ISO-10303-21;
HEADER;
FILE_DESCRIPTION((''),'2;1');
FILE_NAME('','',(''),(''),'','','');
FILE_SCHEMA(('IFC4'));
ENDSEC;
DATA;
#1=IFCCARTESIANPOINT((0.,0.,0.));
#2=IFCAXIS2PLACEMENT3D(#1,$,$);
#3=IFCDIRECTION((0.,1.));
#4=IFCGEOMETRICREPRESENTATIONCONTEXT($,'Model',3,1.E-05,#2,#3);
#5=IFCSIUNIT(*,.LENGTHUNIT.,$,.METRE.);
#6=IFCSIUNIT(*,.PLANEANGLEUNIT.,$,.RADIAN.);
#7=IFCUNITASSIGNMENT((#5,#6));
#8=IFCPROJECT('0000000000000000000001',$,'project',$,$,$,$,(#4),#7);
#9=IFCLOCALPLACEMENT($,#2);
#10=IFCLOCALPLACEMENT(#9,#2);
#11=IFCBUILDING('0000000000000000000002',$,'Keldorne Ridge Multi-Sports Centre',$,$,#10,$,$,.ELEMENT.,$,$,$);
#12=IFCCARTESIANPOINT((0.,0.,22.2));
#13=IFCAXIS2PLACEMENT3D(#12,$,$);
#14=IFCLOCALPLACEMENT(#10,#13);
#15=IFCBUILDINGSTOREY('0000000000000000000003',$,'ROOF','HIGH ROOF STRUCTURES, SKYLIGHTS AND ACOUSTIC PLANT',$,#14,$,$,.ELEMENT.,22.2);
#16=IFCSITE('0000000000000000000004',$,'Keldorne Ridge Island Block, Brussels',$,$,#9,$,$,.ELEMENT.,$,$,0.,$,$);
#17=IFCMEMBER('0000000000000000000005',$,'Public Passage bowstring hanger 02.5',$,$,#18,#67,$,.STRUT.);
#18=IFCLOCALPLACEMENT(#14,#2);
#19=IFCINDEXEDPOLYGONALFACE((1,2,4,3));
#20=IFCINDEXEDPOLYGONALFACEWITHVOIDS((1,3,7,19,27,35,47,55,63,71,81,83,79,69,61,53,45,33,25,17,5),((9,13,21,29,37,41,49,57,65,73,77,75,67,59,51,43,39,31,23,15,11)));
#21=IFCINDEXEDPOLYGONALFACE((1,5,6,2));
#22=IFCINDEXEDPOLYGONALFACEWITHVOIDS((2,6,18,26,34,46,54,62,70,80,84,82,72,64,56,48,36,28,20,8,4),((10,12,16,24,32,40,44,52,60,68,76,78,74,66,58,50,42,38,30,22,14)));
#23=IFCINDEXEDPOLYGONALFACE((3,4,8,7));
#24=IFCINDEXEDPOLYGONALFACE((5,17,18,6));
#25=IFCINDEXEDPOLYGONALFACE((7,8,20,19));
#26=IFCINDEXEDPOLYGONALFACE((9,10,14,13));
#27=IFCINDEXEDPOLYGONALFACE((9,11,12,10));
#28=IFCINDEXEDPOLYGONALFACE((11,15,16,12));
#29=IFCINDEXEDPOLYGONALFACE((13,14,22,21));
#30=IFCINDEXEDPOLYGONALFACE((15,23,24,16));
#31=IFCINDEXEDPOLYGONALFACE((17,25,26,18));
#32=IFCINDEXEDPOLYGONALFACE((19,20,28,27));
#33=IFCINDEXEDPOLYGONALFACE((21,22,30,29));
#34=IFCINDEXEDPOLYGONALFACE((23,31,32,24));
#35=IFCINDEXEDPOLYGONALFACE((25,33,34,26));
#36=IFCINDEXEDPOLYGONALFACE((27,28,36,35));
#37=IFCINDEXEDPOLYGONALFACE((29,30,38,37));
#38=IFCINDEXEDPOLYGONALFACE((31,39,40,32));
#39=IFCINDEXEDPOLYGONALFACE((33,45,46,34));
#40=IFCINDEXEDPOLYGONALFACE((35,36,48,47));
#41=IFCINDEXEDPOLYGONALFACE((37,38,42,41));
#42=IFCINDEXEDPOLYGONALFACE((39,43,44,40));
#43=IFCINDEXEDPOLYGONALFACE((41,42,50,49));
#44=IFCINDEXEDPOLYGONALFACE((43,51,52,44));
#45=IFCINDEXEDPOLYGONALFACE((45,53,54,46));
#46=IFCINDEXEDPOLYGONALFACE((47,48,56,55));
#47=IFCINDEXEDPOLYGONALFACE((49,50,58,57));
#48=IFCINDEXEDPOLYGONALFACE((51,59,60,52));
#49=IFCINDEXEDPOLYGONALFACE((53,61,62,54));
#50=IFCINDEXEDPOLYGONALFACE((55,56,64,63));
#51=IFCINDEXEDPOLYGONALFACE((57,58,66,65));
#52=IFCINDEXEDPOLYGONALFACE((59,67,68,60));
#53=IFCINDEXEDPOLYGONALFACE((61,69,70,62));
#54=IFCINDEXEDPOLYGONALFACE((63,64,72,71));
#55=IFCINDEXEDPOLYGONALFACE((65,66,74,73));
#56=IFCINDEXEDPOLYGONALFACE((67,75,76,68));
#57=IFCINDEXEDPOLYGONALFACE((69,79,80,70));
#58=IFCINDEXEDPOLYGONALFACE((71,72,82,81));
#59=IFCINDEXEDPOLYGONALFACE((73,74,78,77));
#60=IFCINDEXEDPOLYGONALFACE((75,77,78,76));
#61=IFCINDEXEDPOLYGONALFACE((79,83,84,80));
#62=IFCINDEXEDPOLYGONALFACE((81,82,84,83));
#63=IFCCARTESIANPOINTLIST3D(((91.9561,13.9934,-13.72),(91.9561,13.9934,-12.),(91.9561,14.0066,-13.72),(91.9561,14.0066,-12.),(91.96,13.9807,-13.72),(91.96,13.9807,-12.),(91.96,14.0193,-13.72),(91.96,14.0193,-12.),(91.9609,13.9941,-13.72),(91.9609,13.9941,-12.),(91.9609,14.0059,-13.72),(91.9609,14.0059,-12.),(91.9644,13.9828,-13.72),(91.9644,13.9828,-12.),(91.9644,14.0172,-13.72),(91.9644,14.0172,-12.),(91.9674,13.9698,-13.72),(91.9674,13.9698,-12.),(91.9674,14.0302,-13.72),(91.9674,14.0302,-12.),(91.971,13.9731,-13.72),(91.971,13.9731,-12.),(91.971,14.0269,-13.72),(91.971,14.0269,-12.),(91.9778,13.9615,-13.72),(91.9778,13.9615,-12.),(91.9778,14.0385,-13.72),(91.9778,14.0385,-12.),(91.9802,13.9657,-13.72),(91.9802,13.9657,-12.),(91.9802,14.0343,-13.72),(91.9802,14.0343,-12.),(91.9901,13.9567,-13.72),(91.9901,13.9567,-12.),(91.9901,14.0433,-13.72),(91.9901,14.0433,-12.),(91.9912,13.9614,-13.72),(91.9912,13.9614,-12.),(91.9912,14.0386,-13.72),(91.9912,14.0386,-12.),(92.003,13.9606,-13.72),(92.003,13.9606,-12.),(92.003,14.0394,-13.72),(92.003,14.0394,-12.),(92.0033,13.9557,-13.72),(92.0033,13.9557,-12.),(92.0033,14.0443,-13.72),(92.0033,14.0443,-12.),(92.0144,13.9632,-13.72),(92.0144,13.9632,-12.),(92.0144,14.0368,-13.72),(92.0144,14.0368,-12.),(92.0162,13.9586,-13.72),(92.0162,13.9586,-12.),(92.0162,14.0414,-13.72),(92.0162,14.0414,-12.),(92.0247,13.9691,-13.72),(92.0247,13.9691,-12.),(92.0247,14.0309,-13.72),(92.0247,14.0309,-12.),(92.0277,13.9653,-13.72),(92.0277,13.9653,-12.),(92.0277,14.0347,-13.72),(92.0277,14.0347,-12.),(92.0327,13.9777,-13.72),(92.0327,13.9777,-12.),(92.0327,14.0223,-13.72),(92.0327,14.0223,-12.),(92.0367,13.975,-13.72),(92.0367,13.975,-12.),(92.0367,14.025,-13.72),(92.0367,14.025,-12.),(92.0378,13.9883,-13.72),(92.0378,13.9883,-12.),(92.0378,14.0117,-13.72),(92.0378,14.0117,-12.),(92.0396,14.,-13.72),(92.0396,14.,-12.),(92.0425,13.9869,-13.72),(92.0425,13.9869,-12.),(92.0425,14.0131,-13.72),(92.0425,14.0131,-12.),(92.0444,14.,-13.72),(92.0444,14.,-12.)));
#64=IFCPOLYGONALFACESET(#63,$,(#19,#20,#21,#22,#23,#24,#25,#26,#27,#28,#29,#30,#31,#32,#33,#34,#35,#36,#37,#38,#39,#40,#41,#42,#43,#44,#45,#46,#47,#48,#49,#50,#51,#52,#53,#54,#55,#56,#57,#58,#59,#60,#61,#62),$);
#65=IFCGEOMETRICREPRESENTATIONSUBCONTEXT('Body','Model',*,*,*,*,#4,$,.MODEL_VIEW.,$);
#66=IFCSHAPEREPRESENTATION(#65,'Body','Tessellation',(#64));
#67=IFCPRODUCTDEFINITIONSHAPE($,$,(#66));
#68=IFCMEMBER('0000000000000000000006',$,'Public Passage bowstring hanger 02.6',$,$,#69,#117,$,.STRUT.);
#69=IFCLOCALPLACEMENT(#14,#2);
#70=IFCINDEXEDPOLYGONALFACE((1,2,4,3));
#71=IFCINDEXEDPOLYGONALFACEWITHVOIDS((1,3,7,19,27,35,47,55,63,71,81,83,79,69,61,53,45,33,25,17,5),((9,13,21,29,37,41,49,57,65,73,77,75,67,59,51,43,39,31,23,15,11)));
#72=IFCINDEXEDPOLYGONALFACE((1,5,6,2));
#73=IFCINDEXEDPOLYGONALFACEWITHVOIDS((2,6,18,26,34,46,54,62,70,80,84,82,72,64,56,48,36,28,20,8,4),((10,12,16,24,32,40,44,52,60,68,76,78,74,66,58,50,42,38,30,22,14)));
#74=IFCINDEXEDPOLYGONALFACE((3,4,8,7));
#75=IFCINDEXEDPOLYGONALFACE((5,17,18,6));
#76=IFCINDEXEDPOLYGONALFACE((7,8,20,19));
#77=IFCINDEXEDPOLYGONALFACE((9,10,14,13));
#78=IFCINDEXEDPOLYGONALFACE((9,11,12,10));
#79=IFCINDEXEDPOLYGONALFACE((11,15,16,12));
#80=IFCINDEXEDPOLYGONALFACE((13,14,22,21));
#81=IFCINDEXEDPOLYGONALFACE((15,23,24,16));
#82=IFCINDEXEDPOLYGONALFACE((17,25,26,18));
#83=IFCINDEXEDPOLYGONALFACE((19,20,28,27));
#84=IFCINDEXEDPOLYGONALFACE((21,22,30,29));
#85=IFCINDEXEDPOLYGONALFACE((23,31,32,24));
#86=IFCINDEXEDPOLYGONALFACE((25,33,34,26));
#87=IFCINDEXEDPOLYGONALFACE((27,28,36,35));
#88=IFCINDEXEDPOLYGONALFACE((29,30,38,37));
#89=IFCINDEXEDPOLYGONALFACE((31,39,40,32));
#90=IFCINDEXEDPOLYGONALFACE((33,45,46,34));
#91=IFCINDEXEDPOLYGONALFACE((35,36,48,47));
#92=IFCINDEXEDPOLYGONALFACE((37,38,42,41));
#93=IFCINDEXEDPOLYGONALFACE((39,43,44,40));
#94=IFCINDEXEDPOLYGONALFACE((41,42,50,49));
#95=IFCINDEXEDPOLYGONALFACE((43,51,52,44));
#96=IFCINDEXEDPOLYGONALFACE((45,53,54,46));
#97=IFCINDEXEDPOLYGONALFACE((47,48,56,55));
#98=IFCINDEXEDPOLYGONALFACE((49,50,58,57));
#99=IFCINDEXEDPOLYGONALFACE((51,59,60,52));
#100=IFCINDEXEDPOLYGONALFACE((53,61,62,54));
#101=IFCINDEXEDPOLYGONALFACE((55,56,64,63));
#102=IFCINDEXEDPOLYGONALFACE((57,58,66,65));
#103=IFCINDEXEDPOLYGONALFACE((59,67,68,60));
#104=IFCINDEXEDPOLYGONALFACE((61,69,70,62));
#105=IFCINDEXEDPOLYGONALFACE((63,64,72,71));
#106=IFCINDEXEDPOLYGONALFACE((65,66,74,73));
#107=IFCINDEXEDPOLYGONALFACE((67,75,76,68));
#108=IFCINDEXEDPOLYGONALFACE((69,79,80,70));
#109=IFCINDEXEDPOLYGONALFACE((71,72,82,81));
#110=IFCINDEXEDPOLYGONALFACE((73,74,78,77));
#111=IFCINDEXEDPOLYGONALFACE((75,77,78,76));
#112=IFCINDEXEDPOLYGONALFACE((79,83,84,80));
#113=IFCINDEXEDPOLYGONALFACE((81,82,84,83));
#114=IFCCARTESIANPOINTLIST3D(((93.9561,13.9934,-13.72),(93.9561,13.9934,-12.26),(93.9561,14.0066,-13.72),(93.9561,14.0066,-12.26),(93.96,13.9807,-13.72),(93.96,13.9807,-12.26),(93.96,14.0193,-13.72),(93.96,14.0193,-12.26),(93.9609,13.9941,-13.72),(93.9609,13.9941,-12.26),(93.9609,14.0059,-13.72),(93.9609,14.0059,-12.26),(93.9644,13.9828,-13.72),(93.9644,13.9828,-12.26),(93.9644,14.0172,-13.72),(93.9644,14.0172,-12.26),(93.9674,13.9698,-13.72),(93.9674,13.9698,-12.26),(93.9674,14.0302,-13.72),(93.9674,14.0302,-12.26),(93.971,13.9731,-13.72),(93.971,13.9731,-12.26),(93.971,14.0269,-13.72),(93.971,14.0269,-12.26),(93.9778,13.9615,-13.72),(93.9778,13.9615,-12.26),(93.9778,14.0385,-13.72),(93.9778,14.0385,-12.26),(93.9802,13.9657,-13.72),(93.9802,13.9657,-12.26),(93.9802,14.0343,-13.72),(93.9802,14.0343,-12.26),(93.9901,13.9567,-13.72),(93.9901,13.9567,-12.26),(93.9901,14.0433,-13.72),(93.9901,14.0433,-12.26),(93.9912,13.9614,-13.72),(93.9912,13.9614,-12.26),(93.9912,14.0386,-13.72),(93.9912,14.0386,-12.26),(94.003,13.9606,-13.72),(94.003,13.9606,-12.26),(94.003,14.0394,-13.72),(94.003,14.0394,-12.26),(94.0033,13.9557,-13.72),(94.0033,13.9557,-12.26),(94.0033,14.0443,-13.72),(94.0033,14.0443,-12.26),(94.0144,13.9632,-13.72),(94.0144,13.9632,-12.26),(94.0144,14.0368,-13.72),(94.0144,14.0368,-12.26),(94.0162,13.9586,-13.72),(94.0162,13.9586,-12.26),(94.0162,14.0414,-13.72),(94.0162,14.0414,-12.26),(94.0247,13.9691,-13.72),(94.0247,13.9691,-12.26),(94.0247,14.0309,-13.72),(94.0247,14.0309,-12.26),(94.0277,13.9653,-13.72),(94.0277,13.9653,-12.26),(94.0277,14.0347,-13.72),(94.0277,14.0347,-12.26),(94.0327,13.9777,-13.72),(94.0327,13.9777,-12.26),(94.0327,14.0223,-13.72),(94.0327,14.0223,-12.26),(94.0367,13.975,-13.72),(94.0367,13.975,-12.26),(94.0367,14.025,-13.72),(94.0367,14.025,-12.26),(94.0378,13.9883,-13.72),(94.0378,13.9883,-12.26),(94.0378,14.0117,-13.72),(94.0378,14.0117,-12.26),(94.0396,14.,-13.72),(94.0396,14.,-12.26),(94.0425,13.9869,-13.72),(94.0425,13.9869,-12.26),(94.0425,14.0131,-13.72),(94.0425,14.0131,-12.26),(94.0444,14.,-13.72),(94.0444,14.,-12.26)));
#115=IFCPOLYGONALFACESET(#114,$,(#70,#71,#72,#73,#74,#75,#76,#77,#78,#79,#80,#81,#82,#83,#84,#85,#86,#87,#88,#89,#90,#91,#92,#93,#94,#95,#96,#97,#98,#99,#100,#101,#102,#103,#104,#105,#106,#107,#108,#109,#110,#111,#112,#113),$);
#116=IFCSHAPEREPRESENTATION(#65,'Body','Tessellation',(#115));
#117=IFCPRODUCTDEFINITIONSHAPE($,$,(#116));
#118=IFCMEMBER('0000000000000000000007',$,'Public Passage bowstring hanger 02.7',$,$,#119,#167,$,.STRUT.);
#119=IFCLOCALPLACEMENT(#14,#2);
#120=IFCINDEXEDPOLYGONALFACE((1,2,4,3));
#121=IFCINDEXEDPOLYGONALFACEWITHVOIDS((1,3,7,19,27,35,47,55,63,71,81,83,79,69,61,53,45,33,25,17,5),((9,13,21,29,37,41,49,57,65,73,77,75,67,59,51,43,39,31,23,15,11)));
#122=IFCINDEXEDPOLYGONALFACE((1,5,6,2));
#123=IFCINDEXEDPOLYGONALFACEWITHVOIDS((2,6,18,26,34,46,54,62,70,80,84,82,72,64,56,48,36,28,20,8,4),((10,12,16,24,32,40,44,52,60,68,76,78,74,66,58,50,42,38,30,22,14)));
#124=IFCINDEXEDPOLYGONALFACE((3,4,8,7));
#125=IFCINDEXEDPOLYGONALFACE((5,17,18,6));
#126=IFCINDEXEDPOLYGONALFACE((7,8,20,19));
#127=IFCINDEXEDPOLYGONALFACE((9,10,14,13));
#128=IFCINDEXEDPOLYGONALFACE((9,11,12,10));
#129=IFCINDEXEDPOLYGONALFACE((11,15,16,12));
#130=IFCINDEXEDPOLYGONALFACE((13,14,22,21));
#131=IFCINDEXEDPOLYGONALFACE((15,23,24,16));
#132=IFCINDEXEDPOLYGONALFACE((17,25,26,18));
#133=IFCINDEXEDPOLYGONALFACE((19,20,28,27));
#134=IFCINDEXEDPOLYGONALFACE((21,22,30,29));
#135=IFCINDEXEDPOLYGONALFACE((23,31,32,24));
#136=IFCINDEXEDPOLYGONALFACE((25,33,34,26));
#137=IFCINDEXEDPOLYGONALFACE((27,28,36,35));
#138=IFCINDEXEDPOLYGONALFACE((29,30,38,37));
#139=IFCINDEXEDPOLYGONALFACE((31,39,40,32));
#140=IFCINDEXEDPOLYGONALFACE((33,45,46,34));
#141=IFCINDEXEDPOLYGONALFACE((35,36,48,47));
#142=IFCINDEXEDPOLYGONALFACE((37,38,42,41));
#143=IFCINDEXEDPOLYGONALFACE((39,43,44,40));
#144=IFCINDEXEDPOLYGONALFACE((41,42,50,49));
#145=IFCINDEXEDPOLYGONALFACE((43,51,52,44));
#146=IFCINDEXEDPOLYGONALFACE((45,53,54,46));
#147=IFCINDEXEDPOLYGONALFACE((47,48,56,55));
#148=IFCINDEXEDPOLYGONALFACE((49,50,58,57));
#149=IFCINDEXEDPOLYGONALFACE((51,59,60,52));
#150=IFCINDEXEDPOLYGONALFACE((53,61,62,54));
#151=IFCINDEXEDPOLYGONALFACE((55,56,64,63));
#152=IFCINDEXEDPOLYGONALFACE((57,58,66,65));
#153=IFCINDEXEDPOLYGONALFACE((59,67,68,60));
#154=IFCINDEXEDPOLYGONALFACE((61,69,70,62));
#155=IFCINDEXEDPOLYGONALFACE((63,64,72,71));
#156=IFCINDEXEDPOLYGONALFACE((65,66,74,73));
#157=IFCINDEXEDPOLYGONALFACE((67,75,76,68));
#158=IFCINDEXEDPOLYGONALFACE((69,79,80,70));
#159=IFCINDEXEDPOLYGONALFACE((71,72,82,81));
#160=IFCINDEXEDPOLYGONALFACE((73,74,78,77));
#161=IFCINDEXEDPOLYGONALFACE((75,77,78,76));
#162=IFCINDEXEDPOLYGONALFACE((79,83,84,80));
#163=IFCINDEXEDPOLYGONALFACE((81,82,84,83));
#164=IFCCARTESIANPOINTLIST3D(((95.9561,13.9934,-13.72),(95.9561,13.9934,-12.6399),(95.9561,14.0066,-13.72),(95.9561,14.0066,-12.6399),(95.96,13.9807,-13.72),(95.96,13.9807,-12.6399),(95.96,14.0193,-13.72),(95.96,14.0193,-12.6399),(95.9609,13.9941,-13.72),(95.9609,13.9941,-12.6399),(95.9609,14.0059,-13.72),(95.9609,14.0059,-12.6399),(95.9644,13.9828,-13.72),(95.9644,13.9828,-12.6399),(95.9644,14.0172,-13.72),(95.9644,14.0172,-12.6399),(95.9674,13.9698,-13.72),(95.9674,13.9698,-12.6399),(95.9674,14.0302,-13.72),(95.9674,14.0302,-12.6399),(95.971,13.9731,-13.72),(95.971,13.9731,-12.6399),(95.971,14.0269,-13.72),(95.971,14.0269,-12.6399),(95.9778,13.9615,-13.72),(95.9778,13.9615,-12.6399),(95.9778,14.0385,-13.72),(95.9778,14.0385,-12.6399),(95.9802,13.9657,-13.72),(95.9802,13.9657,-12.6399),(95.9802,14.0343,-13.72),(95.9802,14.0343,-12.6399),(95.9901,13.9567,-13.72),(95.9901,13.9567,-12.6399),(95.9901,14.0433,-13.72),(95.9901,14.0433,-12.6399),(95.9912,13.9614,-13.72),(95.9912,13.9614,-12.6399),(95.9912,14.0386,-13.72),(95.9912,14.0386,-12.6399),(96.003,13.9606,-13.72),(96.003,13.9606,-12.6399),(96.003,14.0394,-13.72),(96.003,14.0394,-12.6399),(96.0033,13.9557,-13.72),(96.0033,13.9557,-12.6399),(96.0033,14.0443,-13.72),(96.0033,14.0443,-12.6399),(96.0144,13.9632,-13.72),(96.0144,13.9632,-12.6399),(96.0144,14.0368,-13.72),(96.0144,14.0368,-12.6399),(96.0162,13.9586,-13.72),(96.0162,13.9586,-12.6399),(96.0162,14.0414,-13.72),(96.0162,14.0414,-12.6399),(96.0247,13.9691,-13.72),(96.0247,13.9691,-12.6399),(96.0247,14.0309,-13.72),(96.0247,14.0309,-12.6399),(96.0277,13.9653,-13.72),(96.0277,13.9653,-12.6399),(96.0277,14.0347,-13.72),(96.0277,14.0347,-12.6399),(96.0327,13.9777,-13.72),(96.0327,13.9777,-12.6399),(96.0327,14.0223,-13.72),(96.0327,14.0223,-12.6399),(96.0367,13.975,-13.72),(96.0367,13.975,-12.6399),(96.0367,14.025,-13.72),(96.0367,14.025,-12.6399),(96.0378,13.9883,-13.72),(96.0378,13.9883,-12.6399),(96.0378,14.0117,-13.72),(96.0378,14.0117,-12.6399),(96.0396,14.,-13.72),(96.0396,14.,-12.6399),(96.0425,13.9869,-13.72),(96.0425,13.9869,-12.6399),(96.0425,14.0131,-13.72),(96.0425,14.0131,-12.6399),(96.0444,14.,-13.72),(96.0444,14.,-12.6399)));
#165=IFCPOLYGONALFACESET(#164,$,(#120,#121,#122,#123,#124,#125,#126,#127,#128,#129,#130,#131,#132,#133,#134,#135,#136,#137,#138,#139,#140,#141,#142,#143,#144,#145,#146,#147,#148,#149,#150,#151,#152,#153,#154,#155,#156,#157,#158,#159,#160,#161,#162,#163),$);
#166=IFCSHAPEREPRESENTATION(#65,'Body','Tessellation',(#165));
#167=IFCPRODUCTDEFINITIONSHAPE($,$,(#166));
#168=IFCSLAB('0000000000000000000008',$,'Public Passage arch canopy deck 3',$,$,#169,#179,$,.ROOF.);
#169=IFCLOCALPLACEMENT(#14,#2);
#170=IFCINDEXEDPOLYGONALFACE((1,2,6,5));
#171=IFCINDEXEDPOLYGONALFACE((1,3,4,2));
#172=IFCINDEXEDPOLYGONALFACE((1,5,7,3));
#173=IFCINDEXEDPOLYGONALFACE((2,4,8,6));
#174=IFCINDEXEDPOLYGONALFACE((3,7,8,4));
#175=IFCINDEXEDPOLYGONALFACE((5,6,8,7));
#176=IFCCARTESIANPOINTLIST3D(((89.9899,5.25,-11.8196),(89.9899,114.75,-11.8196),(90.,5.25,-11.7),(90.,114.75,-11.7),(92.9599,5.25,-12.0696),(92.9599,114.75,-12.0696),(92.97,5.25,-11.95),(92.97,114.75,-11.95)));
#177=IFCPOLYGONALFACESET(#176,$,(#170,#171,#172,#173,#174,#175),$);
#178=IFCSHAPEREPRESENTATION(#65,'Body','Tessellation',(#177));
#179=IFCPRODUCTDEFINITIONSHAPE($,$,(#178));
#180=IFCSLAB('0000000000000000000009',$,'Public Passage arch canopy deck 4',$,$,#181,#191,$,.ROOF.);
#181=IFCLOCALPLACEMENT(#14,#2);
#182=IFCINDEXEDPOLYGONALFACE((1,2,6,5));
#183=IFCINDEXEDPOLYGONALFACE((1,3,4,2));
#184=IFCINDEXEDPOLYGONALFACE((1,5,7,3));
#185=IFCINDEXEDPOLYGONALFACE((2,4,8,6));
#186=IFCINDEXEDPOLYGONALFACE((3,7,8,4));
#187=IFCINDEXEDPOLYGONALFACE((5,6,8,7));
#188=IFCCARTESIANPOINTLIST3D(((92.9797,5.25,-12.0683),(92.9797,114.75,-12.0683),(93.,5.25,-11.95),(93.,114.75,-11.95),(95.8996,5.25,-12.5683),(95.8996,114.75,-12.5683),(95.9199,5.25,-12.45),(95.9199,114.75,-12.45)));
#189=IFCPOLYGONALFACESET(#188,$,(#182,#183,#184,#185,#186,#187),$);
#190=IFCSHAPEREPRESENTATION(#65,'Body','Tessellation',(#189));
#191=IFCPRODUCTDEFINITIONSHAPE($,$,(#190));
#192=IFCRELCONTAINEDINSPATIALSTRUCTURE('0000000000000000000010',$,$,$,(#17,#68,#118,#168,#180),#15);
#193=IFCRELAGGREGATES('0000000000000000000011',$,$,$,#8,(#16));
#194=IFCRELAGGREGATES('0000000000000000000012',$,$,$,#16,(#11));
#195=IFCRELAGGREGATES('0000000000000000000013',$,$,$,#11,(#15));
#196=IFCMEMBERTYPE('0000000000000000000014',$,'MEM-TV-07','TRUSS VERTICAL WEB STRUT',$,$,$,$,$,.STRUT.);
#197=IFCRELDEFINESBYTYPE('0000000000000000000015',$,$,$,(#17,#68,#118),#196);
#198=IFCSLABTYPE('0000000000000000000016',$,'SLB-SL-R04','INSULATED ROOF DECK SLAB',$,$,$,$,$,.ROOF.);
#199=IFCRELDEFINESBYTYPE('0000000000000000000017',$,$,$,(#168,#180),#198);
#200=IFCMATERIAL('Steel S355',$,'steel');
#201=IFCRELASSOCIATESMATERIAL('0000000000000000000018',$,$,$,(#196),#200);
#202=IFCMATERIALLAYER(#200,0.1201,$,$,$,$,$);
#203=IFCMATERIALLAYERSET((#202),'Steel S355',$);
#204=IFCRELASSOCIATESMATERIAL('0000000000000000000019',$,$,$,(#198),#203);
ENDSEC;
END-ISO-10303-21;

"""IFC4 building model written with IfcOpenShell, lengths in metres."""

from ifc_helpers import new_model, si_unit, direction, frame, origin, origin_2d, place, context, subcontext, project, spatial, polyline, hollow_circle, outline, extrude, material, layer, layer_set, material_profile, profile_set, type_object, element, save


model = new_model("IFC4")

# Units and contexts
model_context = context("Model", 3, precision=1e-05, world=origin(), true_north=direction((0.0, 1.0)))
body_context = subcontext(model_context, "Body", "Model", "MODEL_VIEW")
ifc_project = project(units=[si_unit("LENGTHUNIT", "METRE"), si_unit("PLANEANGLEUNIT", "RADIAN")], contexts=[model_context])

# Site, building, storey
site_placement = place(None, origin())
site = spatial("IfcSite", under=ifc_project, at=site_placement, Name="Keldorne Ridge Island Block, Brussels", CompositionType="ELEMENT", RefElevation=0.0)
building_placement = place(site_placement, origin())
building = spatial("IfcBuilding", under=site, at=building_placement, Name="Keldorne Ridge Multi-Sports Centre", CompositionType="ELEMENT")
storey_placement = place(building_placement, frame((0.0, 0.0, 22.2)))
storey = spatial("IfcBuildingStorey", under=building, at=storey_placement, Name="ROOF", Description="HIGH ROOF STRUCTURES, SKYLIGHTS AND ACOUSTIC PLANT", CompositionType="ELEMENT", Elevation=22.2)

# Members
ifc_material = material(Name="Steel S355", Category="steel")
ifc_material_profile_1 = material_profile(ifc_material, hollow_circle(Radius=0.0444, WallThickness=0.0049, at=origin_2d()), Name="CHS 88.9x5")
ifc_profile_set_1 = profile_set([ifc_material_profile_1], Name="Steel S355")
member_type_1 = type_object("IfcMemberType", Name="MEM-TV-07", Description="TRUSS VERTICAL WEB STRUT", PredefinedType="STRUT", material=ifc_profile_set_1)
member_1_placement = place(storey_placement, frame((92.0, 14.0, -13.72), z_axis=(0.0, 0.0, 1.0), x_axis=(1.0, 0.0, 0.0)))
element("IfcMember", 1, at=member_1_placement, inside=storey, type_object=member_type_1, Name="Public Passage bowstring hanger 02.5", PredefinedType="STRUT", context=body_context, shape_type="SweptSolid", body=[
    extrude(hollow_circle(Radius=0.0444, WallThickness=0.0049, at=origin_2d()), origin(), (0.0, 0.0, 1.0), 1.72),
])
member_2_placement = place(storey_placement, frame((94.0, 14.0, -13.72), z_axis=(0.0, 0.0, 1.0), x_axis=(1.0, 0.0, 0.0)))
element("IfcMember", 2, at=member_2_placement, inside=storey, type_object=member_type_1, Name="Public Passage bowstring hanger 02.6", PredefinedType="STRUT", context=body_context, shape_type="SweptSolid", body=[
    extrude(hollow_circle(Radius=0.0444, WallThickness=0.0049, at=origin_2d()), origin(), (0.0, 0.0, 1.0), 1.46),
])
member_3_placement = place(storey_placement, frame((96.0, 14.0, -13.72), z_axis=(0.0, 0.0, 1.0), x_axis=(1.0, 0.0, 0.0)))
element("IfcMember", 3, at=member_3_placement, inside=storey, type_object=member_type_1, Name="Public Passage bowstring hanger 02.7", PredefinedType="STRUT", context=body_context, shape_type="SweptSolid", body=[
    extrude(hollow_circle(Radius=0.0444, WallThickness=0.0049, at=origin_2d()), origin(), (0.0, 0.0, 1.0), 1.0801),
])

# Slabs
ifc_layer = layer(ifc_material, 0.1201)
ifc_layer_set = layer_set([ifc_layer], Name="Steel S355")
slab_type = type_object("IfcSlabType", Name="SLB-SL-R04", Description="INSULATED ROOF DECK SLAB", PredefinedType="ROOF", material=ifc_layer_set)
slab_1_placement = place(storey_placement, frame((90.0, 5.25, -11.7), z_axis=(0.083879, 0.0, 0.996476), x_axis=(0.996476, 0.0, -0.083879)))
element("IfcSlab", 4, at=slab_1_placement, inside=storey, type_object=slab_type, Name="Public Passage arch canopy deck 3", PredefinedType="ROOF", context=body_context, shape_type="SweptSolid", body=[
    extrude(outline(polyline([(0.0, 0.0), (2.9805, 0.0), (2.9805, 109.5), (0.0, 109.5), (0.0, 0.0)])), origin(), (0.0, 0.0, -1.0), 0.1201),
])
slab_2_placement = place(storey_placement, frame((93.0, 5.25, -11.95), z_axis=(0.168781, 0.0, 0.985654), x_axis=(0.985654, 0.0, -0.168781)))
element("IfcSlab", 5, at=slab_2_placement, inside=storey, type_object=slab_type, Name="Public Passage arch canopy deck 4", PredefinedType="ROOF", context=body_context, shape_type="SweptSolid", body=[
    extrude(outline(polyline([(0.0, 0.0), (2.9624, 0.0), (2.9624, 109.5), (0.0, 109.5), (0.0, 0.0)])), origin(), (0.0, 0.0, -1.0), 0.1201),
])

save(model, "model.ifc")
